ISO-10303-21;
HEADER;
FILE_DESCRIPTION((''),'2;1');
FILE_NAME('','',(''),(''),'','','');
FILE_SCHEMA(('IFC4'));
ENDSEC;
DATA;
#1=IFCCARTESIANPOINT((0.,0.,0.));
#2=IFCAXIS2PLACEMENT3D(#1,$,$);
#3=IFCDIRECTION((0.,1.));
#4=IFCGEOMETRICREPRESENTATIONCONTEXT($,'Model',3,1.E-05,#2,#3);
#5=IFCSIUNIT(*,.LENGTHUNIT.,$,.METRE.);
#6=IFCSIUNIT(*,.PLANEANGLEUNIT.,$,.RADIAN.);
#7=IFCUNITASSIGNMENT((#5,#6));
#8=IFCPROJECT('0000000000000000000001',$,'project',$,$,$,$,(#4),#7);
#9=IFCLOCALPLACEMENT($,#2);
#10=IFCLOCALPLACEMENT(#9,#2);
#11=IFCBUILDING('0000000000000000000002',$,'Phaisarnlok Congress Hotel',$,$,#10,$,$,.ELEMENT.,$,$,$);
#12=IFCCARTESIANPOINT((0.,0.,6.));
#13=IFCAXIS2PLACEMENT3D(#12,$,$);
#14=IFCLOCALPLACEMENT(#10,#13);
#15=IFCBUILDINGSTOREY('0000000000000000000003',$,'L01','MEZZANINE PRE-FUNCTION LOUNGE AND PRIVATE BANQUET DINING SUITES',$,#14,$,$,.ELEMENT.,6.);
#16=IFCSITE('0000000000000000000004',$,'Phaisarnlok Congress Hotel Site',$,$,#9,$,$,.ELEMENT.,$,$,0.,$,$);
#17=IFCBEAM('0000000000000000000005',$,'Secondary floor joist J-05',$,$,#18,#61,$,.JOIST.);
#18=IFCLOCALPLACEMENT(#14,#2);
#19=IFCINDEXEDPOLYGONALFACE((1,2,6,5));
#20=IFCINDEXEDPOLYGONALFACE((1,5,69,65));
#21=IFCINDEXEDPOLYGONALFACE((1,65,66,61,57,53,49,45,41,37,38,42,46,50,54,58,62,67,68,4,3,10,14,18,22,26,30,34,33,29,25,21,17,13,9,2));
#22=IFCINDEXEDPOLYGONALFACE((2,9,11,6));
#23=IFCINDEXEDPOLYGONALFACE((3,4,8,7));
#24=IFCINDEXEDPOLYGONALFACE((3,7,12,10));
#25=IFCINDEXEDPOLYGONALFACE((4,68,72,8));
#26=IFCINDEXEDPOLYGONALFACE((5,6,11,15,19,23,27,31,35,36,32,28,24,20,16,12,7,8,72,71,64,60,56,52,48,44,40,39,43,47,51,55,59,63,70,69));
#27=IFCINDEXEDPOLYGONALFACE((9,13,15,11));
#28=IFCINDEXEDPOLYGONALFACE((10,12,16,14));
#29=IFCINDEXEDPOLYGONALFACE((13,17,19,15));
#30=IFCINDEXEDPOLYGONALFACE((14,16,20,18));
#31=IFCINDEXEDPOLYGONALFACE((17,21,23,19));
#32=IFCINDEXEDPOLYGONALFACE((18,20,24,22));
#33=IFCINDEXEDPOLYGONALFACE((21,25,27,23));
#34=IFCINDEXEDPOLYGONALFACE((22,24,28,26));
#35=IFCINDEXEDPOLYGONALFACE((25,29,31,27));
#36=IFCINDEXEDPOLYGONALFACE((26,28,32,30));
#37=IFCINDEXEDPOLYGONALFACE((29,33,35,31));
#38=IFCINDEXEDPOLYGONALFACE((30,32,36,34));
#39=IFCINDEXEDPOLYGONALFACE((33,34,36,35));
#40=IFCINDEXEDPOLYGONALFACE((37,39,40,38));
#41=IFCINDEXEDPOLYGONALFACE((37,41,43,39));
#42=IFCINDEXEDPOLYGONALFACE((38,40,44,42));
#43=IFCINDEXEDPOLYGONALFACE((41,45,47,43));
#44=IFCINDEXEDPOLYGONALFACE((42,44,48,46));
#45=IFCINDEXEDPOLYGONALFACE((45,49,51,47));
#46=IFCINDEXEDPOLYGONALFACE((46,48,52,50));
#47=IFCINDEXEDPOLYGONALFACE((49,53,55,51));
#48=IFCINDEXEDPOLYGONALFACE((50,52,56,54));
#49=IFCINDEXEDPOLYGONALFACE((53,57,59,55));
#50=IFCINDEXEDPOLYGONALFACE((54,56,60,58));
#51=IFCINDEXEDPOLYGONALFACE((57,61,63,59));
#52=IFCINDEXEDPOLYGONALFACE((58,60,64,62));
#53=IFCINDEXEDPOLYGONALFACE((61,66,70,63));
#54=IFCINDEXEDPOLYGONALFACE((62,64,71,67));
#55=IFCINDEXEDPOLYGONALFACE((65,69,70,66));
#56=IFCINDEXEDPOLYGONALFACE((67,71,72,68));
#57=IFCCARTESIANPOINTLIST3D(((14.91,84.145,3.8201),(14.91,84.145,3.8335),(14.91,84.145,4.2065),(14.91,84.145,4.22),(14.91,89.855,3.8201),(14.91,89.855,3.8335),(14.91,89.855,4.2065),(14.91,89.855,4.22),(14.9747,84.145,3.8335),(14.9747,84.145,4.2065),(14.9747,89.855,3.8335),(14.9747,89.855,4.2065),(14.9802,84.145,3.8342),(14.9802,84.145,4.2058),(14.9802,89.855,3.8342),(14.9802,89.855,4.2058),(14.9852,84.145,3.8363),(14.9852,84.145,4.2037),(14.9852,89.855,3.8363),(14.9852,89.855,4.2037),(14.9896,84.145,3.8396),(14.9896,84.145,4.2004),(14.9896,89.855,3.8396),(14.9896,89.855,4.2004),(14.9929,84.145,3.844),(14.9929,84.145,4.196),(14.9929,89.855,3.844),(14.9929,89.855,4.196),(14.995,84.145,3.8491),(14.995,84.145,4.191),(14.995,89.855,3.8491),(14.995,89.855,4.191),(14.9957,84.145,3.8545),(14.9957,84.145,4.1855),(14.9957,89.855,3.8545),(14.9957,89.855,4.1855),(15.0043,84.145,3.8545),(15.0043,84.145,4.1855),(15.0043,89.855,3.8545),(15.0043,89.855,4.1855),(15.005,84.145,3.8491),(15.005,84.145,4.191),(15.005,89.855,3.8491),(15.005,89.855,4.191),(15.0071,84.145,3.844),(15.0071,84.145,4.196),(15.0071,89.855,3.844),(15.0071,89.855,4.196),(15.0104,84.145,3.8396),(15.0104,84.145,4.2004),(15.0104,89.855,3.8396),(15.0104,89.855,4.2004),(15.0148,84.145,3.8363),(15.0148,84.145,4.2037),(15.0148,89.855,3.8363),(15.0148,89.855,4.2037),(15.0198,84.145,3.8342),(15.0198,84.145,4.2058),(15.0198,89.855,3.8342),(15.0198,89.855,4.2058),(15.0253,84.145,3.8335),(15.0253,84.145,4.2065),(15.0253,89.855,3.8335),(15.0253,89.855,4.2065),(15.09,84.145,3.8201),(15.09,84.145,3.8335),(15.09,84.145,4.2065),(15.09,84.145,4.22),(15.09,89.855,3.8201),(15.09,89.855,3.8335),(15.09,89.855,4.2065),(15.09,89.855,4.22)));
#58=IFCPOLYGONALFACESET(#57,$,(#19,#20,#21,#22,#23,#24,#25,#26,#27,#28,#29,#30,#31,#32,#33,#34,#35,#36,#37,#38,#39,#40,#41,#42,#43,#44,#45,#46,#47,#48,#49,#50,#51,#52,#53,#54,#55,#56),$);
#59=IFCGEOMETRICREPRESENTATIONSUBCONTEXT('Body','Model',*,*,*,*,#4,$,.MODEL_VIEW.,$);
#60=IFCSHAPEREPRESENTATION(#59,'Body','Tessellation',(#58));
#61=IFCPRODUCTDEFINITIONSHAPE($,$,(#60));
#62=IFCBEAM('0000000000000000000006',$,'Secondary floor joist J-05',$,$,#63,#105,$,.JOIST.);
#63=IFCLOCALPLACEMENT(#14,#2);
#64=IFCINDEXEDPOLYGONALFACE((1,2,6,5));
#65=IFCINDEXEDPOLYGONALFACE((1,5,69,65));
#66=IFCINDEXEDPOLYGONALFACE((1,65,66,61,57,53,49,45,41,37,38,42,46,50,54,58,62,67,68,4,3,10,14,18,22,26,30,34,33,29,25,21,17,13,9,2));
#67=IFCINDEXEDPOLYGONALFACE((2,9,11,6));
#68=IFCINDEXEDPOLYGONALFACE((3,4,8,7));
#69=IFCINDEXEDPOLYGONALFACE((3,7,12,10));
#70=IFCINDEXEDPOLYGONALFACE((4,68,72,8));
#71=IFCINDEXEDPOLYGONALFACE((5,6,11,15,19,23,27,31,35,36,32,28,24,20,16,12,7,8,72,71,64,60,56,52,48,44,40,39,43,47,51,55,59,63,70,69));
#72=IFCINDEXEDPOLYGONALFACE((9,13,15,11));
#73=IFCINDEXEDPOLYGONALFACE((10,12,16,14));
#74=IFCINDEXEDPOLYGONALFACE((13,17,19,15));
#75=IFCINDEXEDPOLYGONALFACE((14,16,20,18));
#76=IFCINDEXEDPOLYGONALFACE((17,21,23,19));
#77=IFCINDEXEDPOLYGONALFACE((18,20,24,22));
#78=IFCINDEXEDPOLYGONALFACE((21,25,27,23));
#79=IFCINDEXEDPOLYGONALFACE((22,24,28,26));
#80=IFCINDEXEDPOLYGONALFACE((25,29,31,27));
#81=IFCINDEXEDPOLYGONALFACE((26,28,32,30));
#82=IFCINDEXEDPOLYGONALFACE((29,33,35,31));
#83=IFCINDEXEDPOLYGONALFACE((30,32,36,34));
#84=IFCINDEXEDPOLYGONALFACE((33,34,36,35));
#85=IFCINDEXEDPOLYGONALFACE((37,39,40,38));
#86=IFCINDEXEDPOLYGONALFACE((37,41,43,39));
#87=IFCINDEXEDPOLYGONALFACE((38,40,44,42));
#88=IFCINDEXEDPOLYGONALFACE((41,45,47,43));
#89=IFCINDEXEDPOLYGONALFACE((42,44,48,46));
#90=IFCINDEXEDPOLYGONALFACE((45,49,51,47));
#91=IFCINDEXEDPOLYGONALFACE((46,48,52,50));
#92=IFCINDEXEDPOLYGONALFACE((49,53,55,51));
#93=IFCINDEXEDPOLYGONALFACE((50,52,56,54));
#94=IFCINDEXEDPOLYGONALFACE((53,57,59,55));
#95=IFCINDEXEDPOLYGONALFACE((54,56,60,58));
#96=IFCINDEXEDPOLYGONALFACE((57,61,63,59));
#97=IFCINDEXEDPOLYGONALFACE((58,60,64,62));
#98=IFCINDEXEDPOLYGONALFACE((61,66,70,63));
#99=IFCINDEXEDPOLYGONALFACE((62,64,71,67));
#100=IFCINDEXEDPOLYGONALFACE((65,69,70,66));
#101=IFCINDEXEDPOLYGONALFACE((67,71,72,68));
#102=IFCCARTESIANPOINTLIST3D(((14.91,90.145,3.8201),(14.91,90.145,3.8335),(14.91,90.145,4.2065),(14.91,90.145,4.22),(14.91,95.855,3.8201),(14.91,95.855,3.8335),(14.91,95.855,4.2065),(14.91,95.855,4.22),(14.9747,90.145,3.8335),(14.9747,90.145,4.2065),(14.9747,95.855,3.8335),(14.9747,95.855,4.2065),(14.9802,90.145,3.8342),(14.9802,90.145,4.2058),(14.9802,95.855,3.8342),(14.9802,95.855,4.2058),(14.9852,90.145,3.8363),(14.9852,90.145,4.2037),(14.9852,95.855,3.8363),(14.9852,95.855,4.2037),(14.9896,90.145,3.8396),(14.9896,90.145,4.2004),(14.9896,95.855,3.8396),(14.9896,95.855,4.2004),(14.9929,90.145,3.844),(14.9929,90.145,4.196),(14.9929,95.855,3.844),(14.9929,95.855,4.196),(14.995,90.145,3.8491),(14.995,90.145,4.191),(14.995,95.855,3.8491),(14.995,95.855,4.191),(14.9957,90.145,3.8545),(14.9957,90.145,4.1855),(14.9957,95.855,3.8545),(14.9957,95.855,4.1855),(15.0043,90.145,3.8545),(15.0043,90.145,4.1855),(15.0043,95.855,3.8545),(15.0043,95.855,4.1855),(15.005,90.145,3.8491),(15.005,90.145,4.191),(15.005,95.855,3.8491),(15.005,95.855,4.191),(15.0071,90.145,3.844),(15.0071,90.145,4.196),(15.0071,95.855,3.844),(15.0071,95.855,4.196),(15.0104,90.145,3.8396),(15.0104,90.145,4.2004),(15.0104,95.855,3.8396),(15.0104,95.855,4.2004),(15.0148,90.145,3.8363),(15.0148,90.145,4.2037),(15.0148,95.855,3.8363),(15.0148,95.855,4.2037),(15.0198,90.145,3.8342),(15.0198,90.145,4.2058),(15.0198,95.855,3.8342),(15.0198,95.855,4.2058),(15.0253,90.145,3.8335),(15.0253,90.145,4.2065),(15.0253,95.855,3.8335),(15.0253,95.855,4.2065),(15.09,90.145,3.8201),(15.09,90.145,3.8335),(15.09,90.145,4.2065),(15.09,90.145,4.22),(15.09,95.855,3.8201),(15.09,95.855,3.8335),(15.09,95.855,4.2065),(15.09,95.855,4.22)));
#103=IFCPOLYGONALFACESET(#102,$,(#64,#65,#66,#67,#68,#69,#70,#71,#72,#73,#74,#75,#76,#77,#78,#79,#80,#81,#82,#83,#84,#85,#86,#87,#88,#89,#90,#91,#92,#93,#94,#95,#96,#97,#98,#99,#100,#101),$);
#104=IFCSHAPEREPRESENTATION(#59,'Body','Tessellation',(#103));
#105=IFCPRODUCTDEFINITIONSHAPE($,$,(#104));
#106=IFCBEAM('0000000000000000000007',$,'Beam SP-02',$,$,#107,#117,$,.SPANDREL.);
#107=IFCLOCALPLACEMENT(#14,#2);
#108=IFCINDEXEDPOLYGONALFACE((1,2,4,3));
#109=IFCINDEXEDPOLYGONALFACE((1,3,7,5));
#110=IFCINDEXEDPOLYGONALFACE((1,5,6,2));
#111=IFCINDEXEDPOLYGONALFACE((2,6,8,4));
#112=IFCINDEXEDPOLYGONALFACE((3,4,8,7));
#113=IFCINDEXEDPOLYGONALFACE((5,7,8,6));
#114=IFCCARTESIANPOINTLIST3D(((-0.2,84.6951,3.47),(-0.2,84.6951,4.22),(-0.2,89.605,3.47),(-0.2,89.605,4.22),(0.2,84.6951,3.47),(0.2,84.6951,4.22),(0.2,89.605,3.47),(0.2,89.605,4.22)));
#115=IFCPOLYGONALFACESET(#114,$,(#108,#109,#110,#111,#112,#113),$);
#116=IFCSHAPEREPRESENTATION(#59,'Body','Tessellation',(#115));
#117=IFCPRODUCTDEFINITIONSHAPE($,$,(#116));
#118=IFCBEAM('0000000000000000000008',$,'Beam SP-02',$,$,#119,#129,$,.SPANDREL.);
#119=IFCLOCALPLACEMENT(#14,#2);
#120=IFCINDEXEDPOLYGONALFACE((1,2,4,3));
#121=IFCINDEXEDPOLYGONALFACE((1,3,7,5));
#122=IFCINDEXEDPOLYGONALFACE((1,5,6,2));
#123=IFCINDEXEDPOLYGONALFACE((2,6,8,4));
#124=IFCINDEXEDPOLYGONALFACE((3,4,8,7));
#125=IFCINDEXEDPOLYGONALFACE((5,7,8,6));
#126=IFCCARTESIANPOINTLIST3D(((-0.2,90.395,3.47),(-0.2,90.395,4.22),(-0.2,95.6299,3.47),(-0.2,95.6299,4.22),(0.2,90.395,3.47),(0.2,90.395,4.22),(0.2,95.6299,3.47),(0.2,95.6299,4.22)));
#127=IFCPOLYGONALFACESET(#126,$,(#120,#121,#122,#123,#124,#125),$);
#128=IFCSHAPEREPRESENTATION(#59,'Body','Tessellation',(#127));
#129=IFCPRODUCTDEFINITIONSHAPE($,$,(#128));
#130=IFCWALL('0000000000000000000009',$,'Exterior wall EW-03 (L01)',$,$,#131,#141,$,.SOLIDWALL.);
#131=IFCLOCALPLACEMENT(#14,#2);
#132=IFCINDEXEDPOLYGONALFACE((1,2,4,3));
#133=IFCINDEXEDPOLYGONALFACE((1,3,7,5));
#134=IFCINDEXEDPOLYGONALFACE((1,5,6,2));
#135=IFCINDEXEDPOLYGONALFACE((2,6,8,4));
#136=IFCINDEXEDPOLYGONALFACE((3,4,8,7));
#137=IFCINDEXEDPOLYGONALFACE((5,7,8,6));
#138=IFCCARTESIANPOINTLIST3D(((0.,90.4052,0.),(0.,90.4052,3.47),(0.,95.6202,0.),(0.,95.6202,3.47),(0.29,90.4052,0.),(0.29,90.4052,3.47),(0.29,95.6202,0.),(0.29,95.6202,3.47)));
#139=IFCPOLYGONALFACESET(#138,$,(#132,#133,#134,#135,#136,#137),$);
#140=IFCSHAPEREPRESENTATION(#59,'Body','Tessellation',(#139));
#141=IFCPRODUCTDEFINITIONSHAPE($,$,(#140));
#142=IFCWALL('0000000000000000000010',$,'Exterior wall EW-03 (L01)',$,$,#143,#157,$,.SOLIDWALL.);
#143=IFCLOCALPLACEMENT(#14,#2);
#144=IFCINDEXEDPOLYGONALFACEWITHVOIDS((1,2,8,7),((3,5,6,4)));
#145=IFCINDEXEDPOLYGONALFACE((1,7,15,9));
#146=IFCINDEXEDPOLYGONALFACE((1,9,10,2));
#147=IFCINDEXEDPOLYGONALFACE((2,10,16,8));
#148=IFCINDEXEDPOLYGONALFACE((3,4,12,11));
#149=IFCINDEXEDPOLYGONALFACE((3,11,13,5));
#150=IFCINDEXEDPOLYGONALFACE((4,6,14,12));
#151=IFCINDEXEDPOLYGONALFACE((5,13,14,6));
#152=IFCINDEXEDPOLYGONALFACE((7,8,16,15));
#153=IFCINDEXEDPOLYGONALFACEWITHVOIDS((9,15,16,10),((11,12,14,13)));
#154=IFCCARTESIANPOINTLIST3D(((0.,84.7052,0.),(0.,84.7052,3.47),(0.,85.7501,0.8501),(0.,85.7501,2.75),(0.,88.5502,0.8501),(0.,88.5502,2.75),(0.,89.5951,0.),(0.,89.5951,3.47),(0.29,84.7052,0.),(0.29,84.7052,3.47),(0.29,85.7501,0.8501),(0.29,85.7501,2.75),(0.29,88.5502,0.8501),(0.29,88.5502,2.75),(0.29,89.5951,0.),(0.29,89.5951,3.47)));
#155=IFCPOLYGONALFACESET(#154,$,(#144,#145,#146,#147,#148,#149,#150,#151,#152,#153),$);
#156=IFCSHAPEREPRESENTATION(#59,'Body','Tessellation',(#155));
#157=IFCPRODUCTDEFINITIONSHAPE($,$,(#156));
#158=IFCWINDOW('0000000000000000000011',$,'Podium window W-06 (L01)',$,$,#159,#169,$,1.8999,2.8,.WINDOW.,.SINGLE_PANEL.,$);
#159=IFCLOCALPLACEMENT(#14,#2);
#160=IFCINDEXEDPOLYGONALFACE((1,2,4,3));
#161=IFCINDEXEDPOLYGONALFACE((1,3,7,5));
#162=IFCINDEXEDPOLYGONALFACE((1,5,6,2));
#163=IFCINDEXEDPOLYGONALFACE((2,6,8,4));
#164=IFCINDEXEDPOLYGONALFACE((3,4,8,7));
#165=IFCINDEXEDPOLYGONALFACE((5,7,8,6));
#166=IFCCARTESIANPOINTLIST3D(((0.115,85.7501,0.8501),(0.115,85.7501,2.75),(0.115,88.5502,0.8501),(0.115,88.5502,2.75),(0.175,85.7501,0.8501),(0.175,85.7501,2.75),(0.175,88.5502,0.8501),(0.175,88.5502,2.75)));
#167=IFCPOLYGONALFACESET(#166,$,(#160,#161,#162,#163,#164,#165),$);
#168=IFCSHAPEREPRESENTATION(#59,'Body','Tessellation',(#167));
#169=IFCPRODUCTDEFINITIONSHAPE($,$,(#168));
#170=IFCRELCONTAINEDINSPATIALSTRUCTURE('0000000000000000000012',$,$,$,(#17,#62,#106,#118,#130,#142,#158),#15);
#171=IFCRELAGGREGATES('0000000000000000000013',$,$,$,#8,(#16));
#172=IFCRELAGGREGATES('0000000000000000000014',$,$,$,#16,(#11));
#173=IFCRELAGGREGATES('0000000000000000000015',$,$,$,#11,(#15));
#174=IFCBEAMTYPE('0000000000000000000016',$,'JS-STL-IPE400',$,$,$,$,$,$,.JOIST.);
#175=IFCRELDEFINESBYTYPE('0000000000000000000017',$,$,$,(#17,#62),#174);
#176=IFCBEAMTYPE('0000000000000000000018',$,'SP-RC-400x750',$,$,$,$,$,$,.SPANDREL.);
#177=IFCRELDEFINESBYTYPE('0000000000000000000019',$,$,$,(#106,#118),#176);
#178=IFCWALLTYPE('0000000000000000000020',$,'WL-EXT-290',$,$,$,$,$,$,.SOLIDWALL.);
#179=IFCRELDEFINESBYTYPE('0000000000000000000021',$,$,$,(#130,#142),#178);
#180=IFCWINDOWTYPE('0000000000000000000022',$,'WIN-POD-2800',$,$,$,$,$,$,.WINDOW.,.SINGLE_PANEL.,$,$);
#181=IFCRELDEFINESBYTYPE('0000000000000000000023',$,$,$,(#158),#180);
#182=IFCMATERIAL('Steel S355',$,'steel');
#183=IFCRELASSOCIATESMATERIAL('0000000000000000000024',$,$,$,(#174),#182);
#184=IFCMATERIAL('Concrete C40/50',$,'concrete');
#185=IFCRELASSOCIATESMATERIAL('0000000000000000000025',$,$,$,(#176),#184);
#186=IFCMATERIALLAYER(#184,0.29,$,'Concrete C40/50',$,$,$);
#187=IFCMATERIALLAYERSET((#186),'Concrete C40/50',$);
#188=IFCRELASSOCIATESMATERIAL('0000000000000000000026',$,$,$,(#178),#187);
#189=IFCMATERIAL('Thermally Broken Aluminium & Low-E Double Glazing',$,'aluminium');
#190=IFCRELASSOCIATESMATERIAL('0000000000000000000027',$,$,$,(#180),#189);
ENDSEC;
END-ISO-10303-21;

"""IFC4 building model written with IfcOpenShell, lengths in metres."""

from ifc_helpers import new_model, si_unit, direction, frame, frame_2d, origin, origin_2d, place, context, subcontext, project, spatial, rectangle, i_section, extrude, material, layer, layer_set, material_profile, profile_set, type_object, element, fill, save


model = new_model("IFC4")

# Units and contexts
model_context = context("Model", 3, precision=1e-05, world=origin(), true_north=direction((0.0, 1.0)))
body_context = subcontext(model_context, "Body", "Model", "MODEL_VIEW")
ifc_project = project(units=[si_unit("LENGTHUNIT", "METRE"), si_unit("PLANEANGLEUNIT", "RADIAN")], contexts=[model_context])

# Site, building, storey
site_placement = place(None, origin())
site = spatial("IfcSite", under=ifc_project, at=site_placement, Name="Phaisarnlok Congress Hotel Site", CompositionType="ELEMENT", RefElevation=0.0)
building_placement = place(site_placement, origin())
building = spatial("IfcBuilding", under=site, at=building_placement, Name="Phaisarnlok Congress Hotel", CompositionType="ELEMENT")
storey_placement = place(building_placement, frame((0.0, 0.0, 6.0)))
storey = spatial("IfcBuildingStorey", under=building, at=storey_placement, Name="L01", Description="MEZZANINE PRE-FUNCTION LOUNGE AND PRIVATE BANQUET DINING SUITES", CompositionType="ELEMENT", Elevation=6.0)

# Beams
ifc_material_1 = material(Name="Concrete C40/50", Category="concrete")
ifc_material_2 = material(Name="Steel S355", Category="steel")
ifc_material_profile_1 = material_profile(ifc_material_2, i_section(OverallWidth=0.1799, OverallDepth=0.3999, WebThickness=0.0085, FlangeThickness=0.0134, FilletRadius=0.021, at=origin_2d()), Name="IPE 400")
ifc_profile_set_1 = profile_set([ifc_material_profile_1], Name="Steel S355")
beam_type_1 = type_object("IfcBeamType", Name="JS-STL-IPE400", PredefinedType="JOIST", material=ifc_profile_set_1)
for number, where, z_axis, x_axis, name in (
    (1, (15.0, 84.145, 4.02), (0.0, 1.0, 0.0), (-1.0, 0.0, 0.0), "Secondary floor joist J-05"),
    (2, (15.0, 90.145, 4.02), (0.0, 1.0, 0.0), (-1.0, 0.0, 0.0), "Secondary floor joist J-05"),
):
    element("IfcBeam", number, at=place(storey_placement, frame(where, z_axis=z_axis, x_axis=x_axis)), inside=storey, type_object=beam_type_1, Name=name, PredefinedType="JOIST", context=body_context, shape_type="SweptSolid", body=[
        extrude(i_section(OverallWidth=0.1799, OverallDepth=0.3999, WebThickness=0.0085, FlangeThickness=0.0134, FilletRadius=0.021, at=origin_2d()), origin(), (0.0, 0.0, 1.0), 5.71),
    ])
ifc_material_profile_2 = material_profile(ifc_material_1, rectangle(XDim=0.3999, YDim=0.75, at=origin_2d()), Name="RC 400x750")
ifc_profile_set_2 = profile_set([ifc_material_profile_2], Name="Concrete C40/50")
beam_type_2 = type_object("IfcBeamType", Name="SP-RC-400x750", PredefinedType="SPANDREL", material=ifc_profile_set_2)
beam_1_placement = place(storey_placement, frame((0.0, 84.6951, 3.845), z_axis=(0.0, 1.0, 0.0), x_axis=(-1.0, 0.0, 0.0)))
element("IfcBeam", 3, at=beam_1_placement, inside=storey, type_object=beam_type_2, Name="Beam SP-02", PredefinedType="SPANDREL", context=body_context, shape_type="SweptSolid", body=[
    extrude(rectangle(XDim=0.3999, YDim=0.75, at=origin_2d()), origin(), (0.0, 0.0, 1.0), 4.9099),
])
beam_2_placement = place(storey_placement, frame((0.0, 90.395, 3.845), z_axis=(0.0, 1.0, 0.0), x_axis=(-1.0, 0.0, 0.0)))
element("IfcBeam", 4, at=beam_2_placement, inside=storey, type_object=beam_type_2, Name="Beam SP-02", PredefinedType="SPANDREL", context=body_context, shape_type="SweptSolid", body=[
    extrude(rectangle(XDim=0.3999, YDim=0.75, at=origin_2d()), origin(), (0.0, 0.0, 1.0), 5.2349),
])

# Wall
ifc_layer = layer(ifc_material_1, 0.29, Name="Concrete C40/50")
ifc_layer_set = layer_set([ifc_layer], Name="Concrete C40/50")
wall_type = type_object("IfcWallType", Name="WL-EXT-290", PredefinedType="SOLIDWALL", material=ifc_layer_set)
wall_1_placement = place(storey_placement, frame((0.145, 95.6201, 0.0), z_axis=(0.0, 0.0, 1.0), x_axis=(0.0, -1.0, 0.0)))
element("IfcWall", 5, at=wall_1_placement, inside=storey, type_object=wall_type, Name="Exterior wall EW-03 (L01)", PredefinedType="SOLIDWALL", context=body_context, shape_type="SweptSolid", body=[
    extrude(rectangle(XDim=5.2151, YDim=0.29, at=frame_2d((2.6074, 0.0))), origin(), (0.0, 0.0, 1.0), 3.47),
])

# Wall, opening, window
wall_2_placement = place(storey_placement, frame((0.145, 89.595, 0.0), z_axis=(0.0, 0.0, 1.0), x_axis=(0.0, -1.0, 0.0)))
wall_2 = element("IfcWall", 6, at=wall_2_placement, inside=storey, type_object=wall_type, Name="Exterior wall EW-03 (L01)", PredefinedType="SOLIDWALL", context=body_context, shape_type="SweptSolid", body=[
    extrude(rectangle(XDim=4.8899, YDim=0.29, at=frame_2d((2.4448, 0.0))), origin(), (0.0, 0.0, 1.0), 3.47),
])
opening_placement = place(wall_2_placement, frame((1.0449, 0.0, 0.8501)))
opening = element("IfcOpeningElement", 7, at=opening_placement, cuts=wall_2, PredefinedType="OPENING", context=body_context, shape_type="SweptSolid", body=[
    extrude(rectangle(XDim=2.8, YDim=1.8999, at=frame_2d((1.3999, 0.95))), frame((0.0, 0.155, 0.0), z_axis=(0.0, -1.0, 0.0), x_axis=(1.0, 0.0, 0.0)), (0.0, 0.0, 1.0), 0.3101),
])
ifc_material_3 = material(Name="Thermally Broken Aluminium & Low-E Double Glazing", Category="aluminium")
window_type = type_object("IfcWindowType", Name="WIN-POD-2800", PartitioningType="SINGLE_PANEL", PredefinedType="WINDOW", material=ifc_material_3)
window_placement = place(opening_placement, origin())
window = element("IfcWindow", 8, at=window_placement, inside=storey, type_object=window_type, Name="Podium window W-06 (L01)", OverallHeight=1.8999, OverallWidth=2.8, PartitioningType="SINGLE_PANEL", PredefinedType="WINDOW", context=body_context, shape_type="SweptSolid", body=[
    extrude(rectangle(XDim=2.8, YDim=1.8999, at=frame_2d((1.3999, 0.95))), frame((0.0, 0.03, 0.0), z_axis=(0.0, -1.0, 0.0), x_axis=(1.0, 0.0, 0.0)), (0.0, 0.0, 1.0), 0.0601),
])
fill(opening, window)

save(model, "model.ifc")
